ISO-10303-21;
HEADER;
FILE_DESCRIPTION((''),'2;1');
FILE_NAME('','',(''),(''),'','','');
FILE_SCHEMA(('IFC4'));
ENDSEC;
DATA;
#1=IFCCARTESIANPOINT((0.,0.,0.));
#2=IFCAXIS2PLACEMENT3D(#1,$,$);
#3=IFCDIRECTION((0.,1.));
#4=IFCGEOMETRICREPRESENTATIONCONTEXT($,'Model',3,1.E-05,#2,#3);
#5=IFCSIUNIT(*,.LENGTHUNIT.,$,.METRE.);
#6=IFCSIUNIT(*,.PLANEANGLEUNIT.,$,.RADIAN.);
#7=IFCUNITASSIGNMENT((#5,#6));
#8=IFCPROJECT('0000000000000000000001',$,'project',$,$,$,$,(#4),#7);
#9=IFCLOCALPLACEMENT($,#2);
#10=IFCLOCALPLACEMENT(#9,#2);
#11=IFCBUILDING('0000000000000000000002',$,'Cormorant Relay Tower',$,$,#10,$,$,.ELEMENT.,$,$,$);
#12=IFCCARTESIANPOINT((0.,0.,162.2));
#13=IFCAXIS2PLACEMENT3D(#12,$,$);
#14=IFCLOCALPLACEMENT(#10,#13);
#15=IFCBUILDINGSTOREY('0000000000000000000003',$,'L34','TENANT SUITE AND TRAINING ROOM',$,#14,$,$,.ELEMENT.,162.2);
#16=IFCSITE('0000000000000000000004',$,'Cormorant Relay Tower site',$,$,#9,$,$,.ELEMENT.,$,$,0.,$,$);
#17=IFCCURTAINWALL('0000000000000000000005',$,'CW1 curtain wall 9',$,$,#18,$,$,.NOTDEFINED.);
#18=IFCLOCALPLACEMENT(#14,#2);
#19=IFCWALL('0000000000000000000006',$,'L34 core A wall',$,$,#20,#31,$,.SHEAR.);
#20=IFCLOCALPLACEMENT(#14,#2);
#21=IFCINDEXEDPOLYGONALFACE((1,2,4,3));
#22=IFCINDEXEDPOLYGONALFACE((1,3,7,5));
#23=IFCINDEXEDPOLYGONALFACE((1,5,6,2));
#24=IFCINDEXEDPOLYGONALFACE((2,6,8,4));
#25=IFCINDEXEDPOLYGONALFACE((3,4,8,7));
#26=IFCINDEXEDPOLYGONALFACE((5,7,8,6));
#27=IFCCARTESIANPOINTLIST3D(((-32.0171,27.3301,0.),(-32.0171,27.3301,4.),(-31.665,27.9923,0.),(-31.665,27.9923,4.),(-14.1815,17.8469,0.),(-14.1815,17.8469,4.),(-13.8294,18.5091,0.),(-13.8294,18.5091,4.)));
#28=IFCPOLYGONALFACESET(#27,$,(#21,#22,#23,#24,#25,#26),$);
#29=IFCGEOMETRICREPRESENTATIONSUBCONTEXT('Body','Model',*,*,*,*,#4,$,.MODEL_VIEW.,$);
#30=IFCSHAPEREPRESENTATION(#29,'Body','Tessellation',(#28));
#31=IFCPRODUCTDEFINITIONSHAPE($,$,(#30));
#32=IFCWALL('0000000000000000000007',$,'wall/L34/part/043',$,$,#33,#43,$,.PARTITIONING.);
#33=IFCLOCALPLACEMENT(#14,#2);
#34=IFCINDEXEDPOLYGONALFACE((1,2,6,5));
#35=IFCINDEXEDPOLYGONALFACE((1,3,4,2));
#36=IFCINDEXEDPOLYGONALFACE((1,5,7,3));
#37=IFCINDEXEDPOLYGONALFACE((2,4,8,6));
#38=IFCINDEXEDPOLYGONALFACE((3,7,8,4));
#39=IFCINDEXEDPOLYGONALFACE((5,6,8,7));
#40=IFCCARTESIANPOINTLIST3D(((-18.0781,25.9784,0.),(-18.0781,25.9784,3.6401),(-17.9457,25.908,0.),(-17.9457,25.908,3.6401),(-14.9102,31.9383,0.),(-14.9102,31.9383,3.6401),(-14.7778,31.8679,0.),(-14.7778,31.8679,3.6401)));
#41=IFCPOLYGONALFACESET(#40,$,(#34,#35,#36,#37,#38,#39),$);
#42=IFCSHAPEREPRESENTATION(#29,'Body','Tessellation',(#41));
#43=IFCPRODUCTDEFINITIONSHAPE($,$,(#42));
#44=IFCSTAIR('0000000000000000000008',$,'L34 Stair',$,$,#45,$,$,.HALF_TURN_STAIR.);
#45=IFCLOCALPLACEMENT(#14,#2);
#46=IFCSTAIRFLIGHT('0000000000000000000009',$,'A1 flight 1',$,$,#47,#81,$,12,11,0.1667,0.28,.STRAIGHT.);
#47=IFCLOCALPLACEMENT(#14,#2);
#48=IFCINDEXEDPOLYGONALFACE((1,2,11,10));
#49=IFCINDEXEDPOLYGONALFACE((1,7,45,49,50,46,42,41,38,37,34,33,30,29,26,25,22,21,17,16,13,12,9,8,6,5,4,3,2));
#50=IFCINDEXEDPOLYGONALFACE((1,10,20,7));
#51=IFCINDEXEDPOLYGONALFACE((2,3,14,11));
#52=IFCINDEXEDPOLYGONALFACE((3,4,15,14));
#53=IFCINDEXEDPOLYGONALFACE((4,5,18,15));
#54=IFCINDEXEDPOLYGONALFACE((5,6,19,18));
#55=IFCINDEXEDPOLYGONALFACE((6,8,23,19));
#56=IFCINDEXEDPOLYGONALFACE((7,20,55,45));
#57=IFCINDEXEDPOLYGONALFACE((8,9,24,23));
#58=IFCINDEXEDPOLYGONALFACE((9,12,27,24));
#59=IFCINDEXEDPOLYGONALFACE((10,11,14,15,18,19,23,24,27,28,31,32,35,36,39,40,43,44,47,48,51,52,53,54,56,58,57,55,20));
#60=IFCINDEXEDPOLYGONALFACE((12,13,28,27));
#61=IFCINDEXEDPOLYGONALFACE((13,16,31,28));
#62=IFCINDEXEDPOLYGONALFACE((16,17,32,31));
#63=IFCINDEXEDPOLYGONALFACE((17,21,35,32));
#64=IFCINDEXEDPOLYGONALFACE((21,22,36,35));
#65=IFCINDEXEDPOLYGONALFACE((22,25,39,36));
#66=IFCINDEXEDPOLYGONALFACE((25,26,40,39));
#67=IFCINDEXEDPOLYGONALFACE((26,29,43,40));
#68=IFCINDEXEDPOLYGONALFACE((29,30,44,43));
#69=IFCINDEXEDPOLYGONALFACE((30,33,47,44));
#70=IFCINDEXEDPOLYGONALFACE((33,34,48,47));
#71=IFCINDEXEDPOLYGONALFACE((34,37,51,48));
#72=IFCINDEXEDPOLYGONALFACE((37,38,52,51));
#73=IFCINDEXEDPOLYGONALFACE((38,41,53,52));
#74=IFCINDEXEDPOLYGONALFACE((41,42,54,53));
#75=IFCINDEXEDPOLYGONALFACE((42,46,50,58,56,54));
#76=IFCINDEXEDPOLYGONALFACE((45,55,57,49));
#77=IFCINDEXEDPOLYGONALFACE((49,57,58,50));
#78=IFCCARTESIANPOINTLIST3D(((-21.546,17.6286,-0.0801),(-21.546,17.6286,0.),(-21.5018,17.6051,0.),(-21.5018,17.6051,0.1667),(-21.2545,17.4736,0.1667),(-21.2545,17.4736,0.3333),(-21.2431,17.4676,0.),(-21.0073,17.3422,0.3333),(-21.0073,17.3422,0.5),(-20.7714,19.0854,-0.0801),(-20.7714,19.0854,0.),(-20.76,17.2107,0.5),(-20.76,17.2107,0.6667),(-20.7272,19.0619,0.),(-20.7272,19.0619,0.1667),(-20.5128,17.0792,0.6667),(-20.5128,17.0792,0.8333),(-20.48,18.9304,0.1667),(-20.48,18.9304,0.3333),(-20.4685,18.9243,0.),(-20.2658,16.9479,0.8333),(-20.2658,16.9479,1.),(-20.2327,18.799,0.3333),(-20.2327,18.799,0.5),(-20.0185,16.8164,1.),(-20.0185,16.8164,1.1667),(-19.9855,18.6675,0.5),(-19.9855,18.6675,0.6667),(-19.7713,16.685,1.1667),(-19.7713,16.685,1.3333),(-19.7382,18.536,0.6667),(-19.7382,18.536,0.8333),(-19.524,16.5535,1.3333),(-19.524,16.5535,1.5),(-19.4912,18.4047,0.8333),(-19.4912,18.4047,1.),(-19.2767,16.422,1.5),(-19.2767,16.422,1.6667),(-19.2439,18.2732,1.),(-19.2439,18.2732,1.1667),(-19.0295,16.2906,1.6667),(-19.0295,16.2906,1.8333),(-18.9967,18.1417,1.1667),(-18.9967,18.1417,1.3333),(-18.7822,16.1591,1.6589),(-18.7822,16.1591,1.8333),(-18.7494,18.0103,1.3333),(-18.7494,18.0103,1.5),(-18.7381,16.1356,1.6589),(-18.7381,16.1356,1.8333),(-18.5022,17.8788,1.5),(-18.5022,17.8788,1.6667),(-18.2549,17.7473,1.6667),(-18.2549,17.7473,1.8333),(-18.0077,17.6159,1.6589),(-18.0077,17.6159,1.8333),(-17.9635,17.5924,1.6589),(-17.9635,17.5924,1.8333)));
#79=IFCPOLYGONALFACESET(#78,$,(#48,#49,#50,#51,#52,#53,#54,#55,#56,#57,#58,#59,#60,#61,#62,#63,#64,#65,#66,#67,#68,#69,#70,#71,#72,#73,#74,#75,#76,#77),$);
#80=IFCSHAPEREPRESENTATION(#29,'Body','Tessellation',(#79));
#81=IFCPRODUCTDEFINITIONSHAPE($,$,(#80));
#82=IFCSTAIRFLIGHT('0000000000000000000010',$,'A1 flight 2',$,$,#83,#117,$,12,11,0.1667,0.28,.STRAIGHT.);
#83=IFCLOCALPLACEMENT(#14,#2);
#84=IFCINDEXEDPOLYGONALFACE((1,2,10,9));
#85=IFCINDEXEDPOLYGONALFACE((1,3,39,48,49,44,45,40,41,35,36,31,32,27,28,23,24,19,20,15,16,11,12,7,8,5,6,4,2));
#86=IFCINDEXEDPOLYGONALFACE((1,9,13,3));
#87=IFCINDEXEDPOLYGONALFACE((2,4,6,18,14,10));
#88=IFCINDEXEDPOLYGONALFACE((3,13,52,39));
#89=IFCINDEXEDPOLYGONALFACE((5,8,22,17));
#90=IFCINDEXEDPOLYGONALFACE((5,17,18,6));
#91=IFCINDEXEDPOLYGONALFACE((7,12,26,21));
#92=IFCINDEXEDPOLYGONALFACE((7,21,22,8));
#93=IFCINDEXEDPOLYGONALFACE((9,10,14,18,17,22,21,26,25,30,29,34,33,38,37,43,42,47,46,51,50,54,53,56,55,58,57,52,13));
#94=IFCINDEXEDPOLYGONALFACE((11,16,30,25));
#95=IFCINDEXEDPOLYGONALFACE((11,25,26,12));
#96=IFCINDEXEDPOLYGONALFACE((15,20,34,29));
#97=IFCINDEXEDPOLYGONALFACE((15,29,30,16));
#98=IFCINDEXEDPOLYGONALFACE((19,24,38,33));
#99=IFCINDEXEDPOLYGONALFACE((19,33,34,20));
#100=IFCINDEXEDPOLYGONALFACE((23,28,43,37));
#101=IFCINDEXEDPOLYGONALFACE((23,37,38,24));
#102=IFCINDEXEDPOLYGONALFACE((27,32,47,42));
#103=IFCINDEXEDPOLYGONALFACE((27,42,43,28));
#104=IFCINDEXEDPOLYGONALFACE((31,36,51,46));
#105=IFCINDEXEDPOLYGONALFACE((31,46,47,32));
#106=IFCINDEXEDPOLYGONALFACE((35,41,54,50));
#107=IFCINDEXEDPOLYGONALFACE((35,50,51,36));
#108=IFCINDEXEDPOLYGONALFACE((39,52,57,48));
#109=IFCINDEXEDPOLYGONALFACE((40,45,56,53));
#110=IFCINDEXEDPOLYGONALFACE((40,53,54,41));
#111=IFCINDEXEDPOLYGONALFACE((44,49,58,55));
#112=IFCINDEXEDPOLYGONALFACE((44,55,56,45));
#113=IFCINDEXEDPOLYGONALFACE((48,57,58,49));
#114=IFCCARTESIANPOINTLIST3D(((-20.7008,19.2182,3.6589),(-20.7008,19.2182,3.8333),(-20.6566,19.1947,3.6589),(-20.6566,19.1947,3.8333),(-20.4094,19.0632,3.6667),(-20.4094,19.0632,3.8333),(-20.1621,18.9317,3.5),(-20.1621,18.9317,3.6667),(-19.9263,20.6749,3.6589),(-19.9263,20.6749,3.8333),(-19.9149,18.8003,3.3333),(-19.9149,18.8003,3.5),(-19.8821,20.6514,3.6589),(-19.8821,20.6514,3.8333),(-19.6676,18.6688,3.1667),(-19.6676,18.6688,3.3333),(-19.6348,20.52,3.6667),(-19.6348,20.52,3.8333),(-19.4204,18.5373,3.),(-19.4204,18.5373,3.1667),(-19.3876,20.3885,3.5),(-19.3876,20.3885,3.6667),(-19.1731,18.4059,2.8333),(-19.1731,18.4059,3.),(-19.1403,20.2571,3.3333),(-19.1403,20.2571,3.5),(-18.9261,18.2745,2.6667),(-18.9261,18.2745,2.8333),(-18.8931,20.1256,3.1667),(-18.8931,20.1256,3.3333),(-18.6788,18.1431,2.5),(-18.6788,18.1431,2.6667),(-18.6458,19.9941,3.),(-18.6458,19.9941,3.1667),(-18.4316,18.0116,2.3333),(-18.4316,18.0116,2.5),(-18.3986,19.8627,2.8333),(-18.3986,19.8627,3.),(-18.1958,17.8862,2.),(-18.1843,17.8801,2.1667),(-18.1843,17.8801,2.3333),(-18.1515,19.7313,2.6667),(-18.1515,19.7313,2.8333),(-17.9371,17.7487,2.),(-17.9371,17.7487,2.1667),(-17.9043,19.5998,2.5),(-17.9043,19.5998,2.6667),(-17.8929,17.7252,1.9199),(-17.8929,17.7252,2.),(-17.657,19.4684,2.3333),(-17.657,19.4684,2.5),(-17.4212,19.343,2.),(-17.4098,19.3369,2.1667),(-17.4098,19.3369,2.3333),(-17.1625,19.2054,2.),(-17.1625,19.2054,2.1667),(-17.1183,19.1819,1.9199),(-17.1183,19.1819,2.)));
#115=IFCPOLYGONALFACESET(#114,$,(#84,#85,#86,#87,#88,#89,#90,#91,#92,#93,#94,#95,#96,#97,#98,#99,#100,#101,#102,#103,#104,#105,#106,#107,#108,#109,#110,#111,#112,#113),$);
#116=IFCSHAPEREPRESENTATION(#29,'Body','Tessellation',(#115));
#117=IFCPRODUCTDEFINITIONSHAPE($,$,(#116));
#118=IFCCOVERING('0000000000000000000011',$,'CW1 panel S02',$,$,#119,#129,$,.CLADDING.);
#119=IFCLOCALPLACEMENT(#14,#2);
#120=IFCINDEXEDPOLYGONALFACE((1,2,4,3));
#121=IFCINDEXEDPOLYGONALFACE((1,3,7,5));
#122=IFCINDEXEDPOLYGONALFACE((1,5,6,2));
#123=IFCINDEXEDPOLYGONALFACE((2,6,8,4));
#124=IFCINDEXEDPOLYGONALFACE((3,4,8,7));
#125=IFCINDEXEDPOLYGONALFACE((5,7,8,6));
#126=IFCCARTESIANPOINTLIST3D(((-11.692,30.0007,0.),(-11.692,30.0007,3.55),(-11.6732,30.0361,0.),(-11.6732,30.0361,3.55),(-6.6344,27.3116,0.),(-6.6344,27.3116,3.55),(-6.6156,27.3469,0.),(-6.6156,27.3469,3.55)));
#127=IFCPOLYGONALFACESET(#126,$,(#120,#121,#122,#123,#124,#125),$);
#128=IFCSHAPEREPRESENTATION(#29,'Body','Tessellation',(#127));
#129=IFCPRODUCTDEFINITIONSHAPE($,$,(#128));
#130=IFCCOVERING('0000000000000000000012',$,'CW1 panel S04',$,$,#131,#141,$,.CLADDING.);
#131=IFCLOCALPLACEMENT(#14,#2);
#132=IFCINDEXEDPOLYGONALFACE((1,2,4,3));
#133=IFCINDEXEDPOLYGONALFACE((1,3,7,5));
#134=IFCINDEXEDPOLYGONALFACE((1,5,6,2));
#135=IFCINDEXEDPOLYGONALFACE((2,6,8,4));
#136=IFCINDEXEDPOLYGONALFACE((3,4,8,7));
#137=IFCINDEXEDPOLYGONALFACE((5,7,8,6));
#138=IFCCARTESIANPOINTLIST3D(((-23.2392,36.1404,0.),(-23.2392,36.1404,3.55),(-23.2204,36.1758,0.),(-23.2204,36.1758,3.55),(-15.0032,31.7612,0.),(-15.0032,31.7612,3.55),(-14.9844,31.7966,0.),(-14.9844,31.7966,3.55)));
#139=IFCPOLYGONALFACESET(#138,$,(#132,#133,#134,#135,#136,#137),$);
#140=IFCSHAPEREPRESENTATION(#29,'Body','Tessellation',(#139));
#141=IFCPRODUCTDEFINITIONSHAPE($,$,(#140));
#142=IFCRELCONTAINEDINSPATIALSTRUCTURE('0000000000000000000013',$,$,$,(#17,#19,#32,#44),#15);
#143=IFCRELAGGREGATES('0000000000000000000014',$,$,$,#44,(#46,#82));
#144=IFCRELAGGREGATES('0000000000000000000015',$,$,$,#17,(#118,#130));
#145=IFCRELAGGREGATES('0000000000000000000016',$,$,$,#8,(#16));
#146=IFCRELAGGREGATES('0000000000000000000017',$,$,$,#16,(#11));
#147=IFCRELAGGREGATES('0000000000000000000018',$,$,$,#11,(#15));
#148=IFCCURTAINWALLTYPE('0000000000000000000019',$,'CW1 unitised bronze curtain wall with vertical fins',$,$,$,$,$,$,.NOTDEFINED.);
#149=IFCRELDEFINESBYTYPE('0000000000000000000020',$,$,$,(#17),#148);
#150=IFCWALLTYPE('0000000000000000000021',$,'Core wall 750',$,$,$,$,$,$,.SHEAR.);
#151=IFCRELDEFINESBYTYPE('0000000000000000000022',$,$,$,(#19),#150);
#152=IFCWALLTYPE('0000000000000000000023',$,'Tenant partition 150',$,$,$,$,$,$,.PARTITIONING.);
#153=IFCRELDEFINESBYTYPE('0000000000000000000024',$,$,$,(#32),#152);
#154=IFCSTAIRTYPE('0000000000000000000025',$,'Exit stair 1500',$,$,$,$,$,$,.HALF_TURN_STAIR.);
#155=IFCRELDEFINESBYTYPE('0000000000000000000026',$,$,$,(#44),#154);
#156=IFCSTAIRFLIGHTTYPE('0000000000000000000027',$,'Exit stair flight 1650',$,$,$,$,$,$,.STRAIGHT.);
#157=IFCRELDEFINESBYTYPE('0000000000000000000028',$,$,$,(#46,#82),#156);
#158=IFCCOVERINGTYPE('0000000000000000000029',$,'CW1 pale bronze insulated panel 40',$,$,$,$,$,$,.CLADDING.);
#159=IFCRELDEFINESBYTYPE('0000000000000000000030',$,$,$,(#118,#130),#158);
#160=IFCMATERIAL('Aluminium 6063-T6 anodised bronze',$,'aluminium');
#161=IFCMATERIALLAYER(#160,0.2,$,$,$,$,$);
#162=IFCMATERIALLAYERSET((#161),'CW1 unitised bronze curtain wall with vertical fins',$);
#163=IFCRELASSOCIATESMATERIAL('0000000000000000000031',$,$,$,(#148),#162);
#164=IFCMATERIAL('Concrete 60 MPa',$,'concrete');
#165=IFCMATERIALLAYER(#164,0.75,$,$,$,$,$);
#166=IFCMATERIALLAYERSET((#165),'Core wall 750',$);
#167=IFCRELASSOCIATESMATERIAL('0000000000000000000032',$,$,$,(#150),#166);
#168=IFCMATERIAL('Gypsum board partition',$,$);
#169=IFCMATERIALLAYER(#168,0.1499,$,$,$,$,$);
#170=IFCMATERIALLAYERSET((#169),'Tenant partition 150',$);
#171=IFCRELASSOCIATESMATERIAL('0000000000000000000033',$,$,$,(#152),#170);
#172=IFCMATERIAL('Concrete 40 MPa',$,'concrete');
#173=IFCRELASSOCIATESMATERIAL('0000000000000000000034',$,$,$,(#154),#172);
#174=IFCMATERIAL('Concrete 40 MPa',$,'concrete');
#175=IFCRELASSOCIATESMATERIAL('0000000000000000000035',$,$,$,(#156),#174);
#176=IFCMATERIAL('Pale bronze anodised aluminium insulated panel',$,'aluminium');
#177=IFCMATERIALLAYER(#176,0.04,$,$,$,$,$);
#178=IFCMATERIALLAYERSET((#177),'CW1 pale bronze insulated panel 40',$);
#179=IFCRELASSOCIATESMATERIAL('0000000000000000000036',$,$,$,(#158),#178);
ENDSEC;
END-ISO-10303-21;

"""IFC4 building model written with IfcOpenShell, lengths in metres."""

from ifc_helpers import new_model, si_unit, direction, frame, frame_2d, origin, origin_2d, place, context, subcontext, project, spatial, polyline, rectangle, outline, extrude, material, layer, layer_set, type_object, element, aggregate, save


model = new_model("IFC4")

# Units and contexts
model_context = context("Model", 3, precision=1e-05, world=origin(), true_north=direction((0.0, 1.0)))
body_context = subcontext(model_context, "Body", "Model", "MODEL_VIEW")
ifc_project = project(units=[si_unit("LENGTHUNIT", "METRE"), si_unit("PLANEANGLEUNIT", "RADIAN")], contexts=[model_context])

# Site, building, storey
site_placement = place(None, origin())
site = spatial("IfcSite", under=ifc_project, at=site_placement, Name="Cormorant Relay Tower site", CompositionType="ELEMENT", RefElevation=0.0)
building_placement = place(site_placement, origin())
building = spatial("IfcBuilding", under=site, at=building_placement, Name="Cormorant Relay Tower", CompositionType="ELEMENT")
storey_placement = place(building_placement, frame((0.0, 0.0, 162.2)))
storey = spatial("IfcBuildingStorey", under=building, at=storey_placement, Name="L34", Description="TENANT SUITE AND TRAINING ROOM", CompositionType="ELEMENT", Elevation=162.2)

# Curtain wall
ifc_material_1 = material(Name="Aluminium 6063-T6 anodised bronze", Category="aluminium")
ifc_layer_1 = layer(ifc_material_1, 0.2)
ifc_layer_set_1 = layer_set([ifc_layer_1], Name="CW1 unitised bronze curtain wall with vertical fins")
curtain_wall_type = type_object("IfcCurtainWallType", Name="CW1 unitised bronze curtain wall with vertical fins", PredefinedType="NOTDEFINED", material=ifc_layer_set_1)
curtain_wall_placement = place(storey_placement, origin())
curtain_wall = element("IfcCurtainWall", 1, at=curtain_wall_placement, inside=storey, type_object=curtain_wall_type, Name="CW1 curtain wall 9", PredefinedType="NOTDEFINED")

# Shared definitions
ifc_material_2 = material(Name="Concrete 60 MPa", Category="concrete")
ifc_layer_2 = layer(ifc_material_2, 0.75)
ifc_layer_set_2 = layer_set([ifc_layer_2], Name="Core wall 750")
wall_type_1 = type_object("IfcWallType", Name="Core wall 750", PredefinedType="SHEAR", material=ifc_layer_set_2)

# Walls
wall_1_placement = place(storey_placement, frame((-14.0054, 18.178, 0.0), z_axis=(0.0, 0.0, 1.0), x_axis=(-0.88295, 0.469467, 0.0)))
element("IfcWall", 2, at=wall_1_placement, inside=storey, type_object=wall_type_1, Name="L34 core A wall", PredefinedType="SHEAR", context=body_context, shape_type="SweptSolid", body=[
    extrude(rectangle(XDim=20.2, YDim=0.75, at=frame_2d((10.1001, 0.0))), origin(), (0.0, 0.0, 1.0), 4.0),
])
ifc_material_3 = material(Name="Gypsum board partition")
ifc_layer_3 = layer(ifc_material_3, 0.1499)
ifc_layer_set_3 = layer_set([ifc_layer_3], Name="Tenant partition 150")
wall_type_2 = type_object("IfcWallType", Name="Tenant partition 150", PredefinedType="PARTITIONING", material=ifc_layer_set_3)
wall_2_placement = place(storey_placement, frame((-14.844, 31.9031, 0.0), z_axis=(0.0, 0.0, 1.0), x_axis=(-0.469356, -0.883009, 0.0)))
element("IfcWall", 3, at=wall_2_placement, inside=storey, type_object=wall_type_2, Name="wall/L34/part/043", PredefinedType="PARTITIONING", context=body_context, shape_type="SweptSolid", body=[
    extrude(rectangle(XDim=6.7495, YDim=0.1499, at=frame_2d((3.3748, 0.0))), origin(), (0.0, 0.0, 1.0), 3.6401),
])

# Stair, stair flights
ifc_material_4 = material(Name="Concrete 40 MPa", Category="concrete")
stair_type = type_object("IfcStairType", Name="Exit stair 1500", PredefinedType="HALF_TURN_STAIR", material=ifc_material_4)
stair_placement = place(storey_placement, origin())
stair = element("IfcStair", 4, at=stair_placement, inside=storey, type_object=stair_type, Name="L34 Stair", PredefinedType="HALF_TURN_STAIR")
ifc_material_5 = material(Name="Concrete 40 MPa", Category="concrete")
stair_flight_type = type_object("IfcStairFlightType", Name="Exit stair flight 1650", PredefinedType="STRAIGHT", material=ifc_material_5)
stair_flight_1_placement = place(storey_placement, frame((-21.1145, 18.3335, 0.0), z_axis=(0.0, 0.0, 1.0), x_axis=(0.882948, -0.469472, 0.0)))
stair_flight_1 = element("IfcStairFlight", 5, at=stair_flight_1_placement, type_object=stair_flight_type, Name="A1 flight 1", NumberOfRisers=12, NumberOfTreads=11, PredefinedType="STRAIGHT", RiserHeight=0.1667, TreadLength=0.28, context=body_context, shape_type="SweptSolid", body=[
    extrude(outline(polyline([(-0.05, -0.0801), (-0.05, 0.0), (0.0, 0.0), (0.0, 0.1667), (0.28, 0.1667), (0.28, 0.3333), (0.5601, 0.3333), (0.5601, 0.5), (0.8401, 0.5), (0.8401, 0.6667), (1.1201, 0.6667), (1.1201, 0.8333), (1.3999, 0.8333), (1.3999, 1.0), (1.6799, 1.0), (1.6799, 1.1667), (1.96, 1.1667), (1.96, 1.3333), (2.24, 1.3333), (2.24, 1.5), (2.52, 1.5), (2.52, 1.6667), (2.8, 1.6667), (2.8, 1.8333), (3.0801, 1.8333), (3.1301, 1.8333), (3.1301, 1.6589), (3.0801, 1.6589), (0.293, 0.0), (-0.05, -0.0801)])), frame((0.0, 0.825, 0.0), z_axis=(0.0, -1.0, 0.0), x_axis=(1.0, 0.0, 0.0)), (0.0, 0.0, 1.0), 1.6499),
])
stair_flight_2_placement = place(storey_placement, frame((-17.5498, 18.4771, 2.0), z_axis=(0.0, 0.0, 1.0), x_axis=(-0.882948, 0.469472, 0.0)))
stair_flight_2 = element("IfcStairFlight", 6, at=stair_flight_2_placement, type_object=stair_flight_type, Name="A1 flight 2", NumberOfRisers=12, NumberOfTreads=11, PredefinedType="STRAIGHT", RiserHeight=0.1667, TreadLength=0.28, context=body_context, shape_type="SweptSolid", body=[
    extrude(outline(polyline([(-0.05, -0.0801), (-0.05, 0.0), (0.0, 0.0), (0.0, 0.1667), (0.28, 0.1667), (0.28, 0.3333), (0.5601, 0.3333), (0.5601, 0.5), (0.8401, 0.5), (0.8401, 0.6667), (1.1201, 0.6667), (1.1201, 0.8333), (1.3999, 0.8333), (1.3999, 1.0), (1.6799, 1.0), (1.6799, 1.1667), (1.96, 1.1667), (1.96, 1.3333), (2.24, 1.3333), (2.24, 1.5), (2.52, 1.5), (2.52, 1.6667), (2.8, 1.6667), (2.8, 1.8333), (3.0801, 1.8333), (3.1301, 1.8333), (3.1301, 1.6589), (3.0801, 1.6589), (0.293, 0.0), (-0.05, -0.0801)])), frame((0.0, 0.825, 0.0), z_axis=(0.0, -1.0, 0.0), x_axis=(1.0, 0.0, 0.0)), (0.0, 0.0, 1.0), 1.6499),
])
aggregate(stair, [stair_flight_1, stair_flight_2])

# Coverings
ifc_material_6 = material(Name="Pale bronze anodised aluminium insulated panel", Category="aluminium")
ifc_layer_4 = layer(ifc_material_6, 0.04)
ifc_layer_set_4 = layer_set([ifc_layer_4], Name="CW1 pale bronze insulated panel 40")
covering_type = type_object("IfcCoveringType", Name="CW1 pale bronze insulated panel 40", PredefinedType="CLADDING", material=ifc_layer_set_4)
covering_1_placement = place(storey_placement, frame((-9.1538, 28.6738, 0.0), z_axis=(0.0, 0.0, 1.0), x_axis=(-0.882948, 0.469472, 0.0)))
covering_1 = element("IfcCovering", 7, at=covering_1_placement, type_object=covering_type, Name="CW1 panel S02", PredefinedType="CLADDING", context=body_context, shape_type="SweptSolid", body=[
    extrude(rectangle(XDim=5.728, YDim=0.04, at=origin_2d()), origin(), (0.0, 0.0, 1.0), 3.55),
])
covering_2_placement = place(storey_placement, frame((-19.1118, 33.9685, 0.0), z_axis=(0.0, 0.0, 1.0), x_axis=(-0.882948, 0.469472, 0.0)))
covering_2 = element("IfcCovering", 8, at=covering_2_placement, type_object=covering_type, Name="CW1 panel S04", PredefinedType="CLADDING", context=body_context, shape_type="SweptSolid", body=[
    extrude(rectangle(XDim=9.3279, YDim=0.04, at=origin_2d()), origin(), (0.0, 0.0, 1.0), 3.55),
])
aggregate(curtain_wall, [covering_1, covering_2])

save(model, "model.ifc")
